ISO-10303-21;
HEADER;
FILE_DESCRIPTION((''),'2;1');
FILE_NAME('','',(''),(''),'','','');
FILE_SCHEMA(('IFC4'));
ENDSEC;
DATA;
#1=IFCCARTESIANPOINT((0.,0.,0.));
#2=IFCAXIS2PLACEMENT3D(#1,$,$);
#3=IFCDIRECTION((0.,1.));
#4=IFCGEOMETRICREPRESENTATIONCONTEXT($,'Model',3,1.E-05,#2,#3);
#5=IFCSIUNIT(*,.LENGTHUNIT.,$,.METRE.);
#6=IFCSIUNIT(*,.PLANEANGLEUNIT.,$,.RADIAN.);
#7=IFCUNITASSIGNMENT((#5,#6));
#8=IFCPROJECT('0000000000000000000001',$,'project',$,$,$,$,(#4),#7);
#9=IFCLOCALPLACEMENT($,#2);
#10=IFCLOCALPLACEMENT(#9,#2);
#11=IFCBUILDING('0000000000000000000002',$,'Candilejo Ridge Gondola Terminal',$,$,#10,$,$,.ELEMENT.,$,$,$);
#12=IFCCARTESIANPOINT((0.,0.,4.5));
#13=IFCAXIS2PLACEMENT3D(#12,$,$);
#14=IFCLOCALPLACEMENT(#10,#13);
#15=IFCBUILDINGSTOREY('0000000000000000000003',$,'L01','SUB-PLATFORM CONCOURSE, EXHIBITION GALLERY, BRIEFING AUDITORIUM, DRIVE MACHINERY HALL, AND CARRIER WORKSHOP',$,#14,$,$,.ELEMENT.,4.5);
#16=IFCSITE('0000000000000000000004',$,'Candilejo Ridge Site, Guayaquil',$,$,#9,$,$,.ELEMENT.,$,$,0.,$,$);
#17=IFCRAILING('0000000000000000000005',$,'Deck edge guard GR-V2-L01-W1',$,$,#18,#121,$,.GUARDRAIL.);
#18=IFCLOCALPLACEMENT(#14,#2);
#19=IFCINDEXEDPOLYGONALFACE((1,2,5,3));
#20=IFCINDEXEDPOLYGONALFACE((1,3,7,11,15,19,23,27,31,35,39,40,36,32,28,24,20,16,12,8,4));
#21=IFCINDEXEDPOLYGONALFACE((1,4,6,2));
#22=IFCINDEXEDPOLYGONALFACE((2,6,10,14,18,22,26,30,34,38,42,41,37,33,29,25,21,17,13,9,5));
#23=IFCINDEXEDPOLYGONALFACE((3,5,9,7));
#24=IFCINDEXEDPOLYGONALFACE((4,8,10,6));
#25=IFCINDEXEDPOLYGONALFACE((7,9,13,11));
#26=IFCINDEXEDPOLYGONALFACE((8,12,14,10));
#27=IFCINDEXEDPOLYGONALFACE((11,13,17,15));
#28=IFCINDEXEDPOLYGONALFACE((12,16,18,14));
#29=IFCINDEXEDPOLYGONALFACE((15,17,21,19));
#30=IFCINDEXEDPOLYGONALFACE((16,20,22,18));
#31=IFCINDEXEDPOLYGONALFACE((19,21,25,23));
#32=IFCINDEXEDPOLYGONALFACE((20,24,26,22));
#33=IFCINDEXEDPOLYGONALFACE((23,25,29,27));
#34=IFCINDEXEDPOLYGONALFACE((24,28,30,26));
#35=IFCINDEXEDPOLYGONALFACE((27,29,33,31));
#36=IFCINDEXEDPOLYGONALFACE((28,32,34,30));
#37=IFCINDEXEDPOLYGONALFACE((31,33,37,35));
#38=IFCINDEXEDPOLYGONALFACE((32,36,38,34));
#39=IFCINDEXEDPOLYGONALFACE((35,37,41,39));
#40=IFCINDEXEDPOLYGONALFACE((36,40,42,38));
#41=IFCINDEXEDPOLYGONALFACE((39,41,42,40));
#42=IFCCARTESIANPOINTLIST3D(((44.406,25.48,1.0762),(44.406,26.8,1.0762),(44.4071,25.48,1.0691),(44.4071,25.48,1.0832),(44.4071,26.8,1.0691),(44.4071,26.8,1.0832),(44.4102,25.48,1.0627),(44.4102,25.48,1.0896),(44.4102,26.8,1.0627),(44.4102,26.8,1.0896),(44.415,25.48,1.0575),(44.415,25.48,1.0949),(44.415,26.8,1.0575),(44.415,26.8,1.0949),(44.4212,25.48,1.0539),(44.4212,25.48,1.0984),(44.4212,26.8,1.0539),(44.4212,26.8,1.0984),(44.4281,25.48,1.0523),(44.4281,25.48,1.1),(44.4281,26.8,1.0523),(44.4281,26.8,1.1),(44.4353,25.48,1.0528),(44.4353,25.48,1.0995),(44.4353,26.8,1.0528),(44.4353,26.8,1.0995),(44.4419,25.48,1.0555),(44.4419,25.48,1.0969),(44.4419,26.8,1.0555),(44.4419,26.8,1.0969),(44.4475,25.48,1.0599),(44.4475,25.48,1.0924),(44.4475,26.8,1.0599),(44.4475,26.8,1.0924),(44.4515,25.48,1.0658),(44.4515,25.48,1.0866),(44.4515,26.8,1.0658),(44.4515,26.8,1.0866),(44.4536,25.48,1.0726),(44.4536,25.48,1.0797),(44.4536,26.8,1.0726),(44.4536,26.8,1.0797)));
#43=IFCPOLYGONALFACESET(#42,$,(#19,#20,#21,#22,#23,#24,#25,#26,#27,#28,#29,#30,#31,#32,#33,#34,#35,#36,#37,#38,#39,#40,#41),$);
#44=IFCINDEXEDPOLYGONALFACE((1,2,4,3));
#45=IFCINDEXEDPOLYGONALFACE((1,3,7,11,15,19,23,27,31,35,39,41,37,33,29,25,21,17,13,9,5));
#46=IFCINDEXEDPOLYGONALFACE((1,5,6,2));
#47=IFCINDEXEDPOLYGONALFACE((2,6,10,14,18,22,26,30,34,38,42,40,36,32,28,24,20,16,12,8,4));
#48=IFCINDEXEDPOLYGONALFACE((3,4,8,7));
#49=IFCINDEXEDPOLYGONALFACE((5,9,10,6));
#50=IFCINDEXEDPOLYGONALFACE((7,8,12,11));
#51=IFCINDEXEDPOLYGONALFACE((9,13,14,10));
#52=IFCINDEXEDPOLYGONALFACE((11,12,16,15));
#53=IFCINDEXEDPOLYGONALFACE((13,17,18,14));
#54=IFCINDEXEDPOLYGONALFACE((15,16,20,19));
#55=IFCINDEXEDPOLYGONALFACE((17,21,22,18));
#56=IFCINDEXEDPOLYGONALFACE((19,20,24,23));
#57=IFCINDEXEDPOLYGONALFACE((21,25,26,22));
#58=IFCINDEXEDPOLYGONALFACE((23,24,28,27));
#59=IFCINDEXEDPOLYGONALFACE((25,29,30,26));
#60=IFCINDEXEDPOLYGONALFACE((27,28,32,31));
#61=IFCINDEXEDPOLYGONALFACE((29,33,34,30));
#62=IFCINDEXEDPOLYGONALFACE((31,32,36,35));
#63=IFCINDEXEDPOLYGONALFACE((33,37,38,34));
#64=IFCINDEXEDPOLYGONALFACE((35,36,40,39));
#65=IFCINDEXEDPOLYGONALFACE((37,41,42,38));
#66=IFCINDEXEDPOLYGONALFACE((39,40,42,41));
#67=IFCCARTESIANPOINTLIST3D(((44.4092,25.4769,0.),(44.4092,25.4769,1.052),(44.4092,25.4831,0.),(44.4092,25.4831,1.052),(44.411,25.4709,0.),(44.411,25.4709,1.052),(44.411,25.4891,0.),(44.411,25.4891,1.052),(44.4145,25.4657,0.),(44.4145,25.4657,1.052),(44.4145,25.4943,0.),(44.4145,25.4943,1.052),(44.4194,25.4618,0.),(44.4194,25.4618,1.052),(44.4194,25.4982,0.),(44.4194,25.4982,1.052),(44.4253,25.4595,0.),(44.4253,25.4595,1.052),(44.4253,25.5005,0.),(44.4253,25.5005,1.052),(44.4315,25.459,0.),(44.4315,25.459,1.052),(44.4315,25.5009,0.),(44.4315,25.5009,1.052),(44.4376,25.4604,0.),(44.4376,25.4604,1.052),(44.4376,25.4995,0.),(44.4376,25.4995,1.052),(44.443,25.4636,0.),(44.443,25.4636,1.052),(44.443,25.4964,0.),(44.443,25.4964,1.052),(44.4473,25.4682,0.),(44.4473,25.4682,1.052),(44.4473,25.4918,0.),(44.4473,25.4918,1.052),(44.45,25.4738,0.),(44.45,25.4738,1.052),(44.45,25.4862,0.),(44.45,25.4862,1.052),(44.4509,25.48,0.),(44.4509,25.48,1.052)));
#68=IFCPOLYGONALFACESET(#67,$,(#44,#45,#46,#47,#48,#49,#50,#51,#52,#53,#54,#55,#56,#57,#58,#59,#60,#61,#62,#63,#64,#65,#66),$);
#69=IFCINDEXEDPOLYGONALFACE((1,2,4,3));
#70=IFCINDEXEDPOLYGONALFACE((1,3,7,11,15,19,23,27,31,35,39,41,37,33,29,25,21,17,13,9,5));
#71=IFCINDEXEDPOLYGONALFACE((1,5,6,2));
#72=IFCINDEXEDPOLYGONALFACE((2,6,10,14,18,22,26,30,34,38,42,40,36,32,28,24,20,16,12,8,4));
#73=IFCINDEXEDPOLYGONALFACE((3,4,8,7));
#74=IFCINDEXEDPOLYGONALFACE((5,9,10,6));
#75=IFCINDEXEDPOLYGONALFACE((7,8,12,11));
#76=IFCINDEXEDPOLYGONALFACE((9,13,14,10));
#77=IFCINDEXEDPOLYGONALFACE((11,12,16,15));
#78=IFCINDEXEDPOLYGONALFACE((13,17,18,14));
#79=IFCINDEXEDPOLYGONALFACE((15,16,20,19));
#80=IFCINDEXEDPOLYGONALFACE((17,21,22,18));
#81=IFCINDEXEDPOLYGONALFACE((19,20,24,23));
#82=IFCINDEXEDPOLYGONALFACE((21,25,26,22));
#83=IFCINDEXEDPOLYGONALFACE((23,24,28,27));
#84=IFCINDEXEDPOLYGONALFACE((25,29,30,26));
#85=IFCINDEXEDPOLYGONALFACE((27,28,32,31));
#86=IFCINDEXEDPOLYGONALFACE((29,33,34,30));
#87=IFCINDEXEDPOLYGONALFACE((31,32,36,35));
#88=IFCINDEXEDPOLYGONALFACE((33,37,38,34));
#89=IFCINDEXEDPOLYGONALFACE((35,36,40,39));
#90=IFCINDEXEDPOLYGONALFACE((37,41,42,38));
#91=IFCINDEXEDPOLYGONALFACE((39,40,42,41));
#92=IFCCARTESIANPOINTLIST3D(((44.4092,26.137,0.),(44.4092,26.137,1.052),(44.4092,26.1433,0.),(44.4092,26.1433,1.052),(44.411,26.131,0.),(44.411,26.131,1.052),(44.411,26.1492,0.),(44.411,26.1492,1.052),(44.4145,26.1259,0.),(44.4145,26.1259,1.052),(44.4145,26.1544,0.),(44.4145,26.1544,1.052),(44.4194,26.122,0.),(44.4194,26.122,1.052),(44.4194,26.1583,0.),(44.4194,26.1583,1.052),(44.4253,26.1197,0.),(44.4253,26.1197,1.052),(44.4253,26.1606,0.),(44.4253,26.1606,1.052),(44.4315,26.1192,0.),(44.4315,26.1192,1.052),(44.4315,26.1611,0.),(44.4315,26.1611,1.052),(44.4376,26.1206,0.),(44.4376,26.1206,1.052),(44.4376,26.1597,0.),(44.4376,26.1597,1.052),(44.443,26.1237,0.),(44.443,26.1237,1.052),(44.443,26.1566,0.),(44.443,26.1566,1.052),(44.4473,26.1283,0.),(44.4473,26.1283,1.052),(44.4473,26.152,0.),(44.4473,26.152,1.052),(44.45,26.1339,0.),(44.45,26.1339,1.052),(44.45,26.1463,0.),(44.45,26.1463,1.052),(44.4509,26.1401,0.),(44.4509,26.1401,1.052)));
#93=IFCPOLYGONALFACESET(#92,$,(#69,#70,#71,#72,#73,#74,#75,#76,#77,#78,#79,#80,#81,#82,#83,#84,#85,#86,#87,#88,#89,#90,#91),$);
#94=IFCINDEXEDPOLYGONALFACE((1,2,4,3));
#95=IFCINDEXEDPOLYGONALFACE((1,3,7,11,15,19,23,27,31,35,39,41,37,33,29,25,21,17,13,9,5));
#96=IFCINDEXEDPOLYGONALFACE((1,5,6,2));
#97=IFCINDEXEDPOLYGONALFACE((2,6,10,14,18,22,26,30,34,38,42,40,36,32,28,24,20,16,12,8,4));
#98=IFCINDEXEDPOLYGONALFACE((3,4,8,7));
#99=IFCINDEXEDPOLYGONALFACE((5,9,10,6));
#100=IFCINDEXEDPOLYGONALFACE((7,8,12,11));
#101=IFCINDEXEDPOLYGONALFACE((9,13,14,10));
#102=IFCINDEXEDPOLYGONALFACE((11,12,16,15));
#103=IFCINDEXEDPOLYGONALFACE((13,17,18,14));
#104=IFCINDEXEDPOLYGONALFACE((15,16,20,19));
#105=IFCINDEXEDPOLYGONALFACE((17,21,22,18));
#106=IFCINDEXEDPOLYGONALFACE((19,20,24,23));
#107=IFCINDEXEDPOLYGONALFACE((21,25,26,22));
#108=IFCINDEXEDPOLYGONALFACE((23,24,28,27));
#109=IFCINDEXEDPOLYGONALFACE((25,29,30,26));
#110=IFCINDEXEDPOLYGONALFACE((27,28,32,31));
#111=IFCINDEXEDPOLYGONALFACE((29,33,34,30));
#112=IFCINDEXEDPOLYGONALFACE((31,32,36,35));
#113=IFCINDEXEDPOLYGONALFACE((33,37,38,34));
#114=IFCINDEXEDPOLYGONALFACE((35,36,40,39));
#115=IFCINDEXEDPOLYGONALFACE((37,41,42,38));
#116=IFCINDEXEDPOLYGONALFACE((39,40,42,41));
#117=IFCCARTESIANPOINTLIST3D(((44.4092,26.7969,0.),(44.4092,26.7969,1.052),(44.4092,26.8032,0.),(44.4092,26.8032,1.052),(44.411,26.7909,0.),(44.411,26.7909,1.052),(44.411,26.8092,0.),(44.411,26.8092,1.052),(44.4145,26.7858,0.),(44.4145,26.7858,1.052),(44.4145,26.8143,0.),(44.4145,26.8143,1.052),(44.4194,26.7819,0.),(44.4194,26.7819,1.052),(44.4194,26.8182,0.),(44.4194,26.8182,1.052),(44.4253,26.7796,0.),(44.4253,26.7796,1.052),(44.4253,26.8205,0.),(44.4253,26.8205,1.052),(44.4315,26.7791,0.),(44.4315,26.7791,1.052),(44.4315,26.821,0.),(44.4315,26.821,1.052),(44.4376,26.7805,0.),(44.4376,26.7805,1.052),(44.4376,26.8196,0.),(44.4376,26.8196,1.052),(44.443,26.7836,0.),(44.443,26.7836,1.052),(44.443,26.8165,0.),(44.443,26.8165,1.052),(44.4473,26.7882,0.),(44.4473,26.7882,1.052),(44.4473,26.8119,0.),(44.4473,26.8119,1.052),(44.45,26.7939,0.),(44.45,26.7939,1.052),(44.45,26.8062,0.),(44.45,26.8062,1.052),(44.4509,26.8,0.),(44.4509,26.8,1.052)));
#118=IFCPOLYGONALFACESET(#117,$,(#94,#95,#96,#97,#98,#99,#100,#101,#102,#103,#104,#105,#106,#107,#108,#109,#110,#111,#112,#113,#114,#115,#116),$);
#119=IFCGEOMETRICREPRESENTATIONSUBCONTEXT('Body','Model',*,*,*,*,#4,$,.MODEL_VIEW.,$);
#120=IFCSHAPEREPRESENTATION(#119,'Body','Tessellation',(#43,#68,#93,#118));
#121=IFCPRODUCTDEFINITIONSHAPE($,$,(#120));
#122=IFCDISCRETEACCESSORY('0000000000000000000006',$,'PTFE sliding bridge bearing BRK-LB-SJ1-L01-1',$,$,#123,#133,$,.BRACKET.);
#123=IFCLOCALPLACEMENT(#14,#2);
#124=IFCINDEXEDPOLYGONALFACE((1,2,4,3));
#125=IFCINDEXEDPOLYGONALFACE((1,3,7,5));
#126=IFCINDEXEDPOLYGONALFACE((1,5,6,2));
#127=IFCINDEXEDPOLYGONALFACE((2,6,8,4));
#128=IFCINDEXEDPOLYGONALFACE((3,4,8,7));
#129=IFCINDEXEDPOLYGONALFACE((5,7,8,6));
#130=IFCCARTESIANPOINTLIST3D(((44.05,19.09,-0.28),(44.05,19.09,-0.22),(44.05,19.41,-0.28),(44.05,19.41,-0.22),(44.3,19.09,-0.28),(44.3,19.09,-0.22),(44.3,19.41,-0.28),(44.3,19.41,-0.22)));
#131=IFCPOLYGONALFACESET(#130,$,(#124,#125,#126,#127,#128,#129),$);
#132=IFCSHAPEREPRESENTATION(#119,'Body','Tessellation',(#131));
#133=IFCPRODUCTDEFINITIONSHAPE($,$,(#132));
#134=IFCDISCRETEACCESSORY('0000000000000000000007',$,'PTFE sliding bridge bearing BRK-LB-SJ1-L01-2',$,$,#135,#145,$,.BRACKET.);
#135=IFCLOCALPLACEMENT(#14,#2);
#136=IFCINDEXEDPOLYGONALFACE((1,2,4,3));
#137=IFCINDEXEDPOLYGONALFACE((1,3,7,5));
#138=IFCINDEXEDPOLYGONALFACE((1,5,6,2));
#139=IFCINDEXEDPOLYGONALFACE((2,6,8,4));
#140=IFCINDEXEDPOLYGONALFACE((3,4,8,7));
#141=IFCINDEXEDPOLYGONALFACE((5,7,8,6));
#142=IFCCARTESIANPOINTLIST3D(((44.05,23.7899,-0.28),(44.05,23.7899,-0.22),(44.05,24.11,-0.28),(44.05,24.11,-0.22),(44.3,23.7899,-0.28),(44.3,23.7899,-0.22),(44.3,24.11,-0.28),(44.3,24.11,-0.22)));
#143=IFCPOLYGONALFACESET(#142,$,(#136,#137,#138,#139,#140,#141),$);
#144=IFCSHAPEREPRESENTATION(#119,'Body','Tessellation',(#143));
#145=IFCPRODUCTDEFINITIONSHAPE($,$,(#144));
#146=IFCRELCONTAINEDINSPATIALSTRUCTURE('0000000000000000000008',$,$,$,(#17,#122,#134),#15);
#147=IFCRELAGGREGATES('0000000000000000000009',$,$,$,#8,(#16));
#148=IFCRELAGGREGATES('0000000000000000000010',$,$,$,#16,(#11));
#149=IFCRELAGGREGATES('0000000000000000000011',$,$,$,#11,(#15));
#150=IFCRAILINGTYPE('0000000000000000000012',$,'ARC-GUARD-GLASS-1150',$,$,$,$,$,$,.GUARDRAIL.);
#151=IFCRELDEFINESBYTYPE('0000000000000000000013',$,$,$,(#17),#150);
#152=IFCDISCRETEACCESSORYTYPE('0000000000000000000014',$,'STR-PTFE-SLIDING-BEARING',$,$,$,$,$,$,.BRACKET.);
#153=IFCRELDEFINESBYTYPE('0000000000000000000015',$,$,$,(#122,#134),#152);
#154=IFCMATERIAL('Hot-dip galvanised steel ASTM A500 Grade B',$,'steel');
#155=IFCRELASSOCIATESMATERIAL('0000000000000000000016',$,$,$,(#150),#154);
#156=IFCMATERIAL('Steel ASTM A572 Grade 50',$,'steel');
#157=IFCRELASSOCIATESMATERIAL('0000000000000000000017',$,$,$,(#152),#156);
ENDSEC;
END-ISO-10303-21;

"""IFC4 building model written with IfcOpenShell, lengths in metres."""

from ifc_helpers import new_model, si_unit, direction, frame, origin, origin_2d, place, context, subcontext, project, spatial, rectangle, circle, extrude, material, type_object, element, save


model = new_model("IFC4")

# Units and contexts
model_context = context("Model", 3, precision=1e-05, world=origin(), true_north=direction((0.0, 1.0)))
body_context = subcontext(model_context, "Body", "Model", "MODEL_VIEW")
ifc_project = project(units=[si_unit("LENGTHUNIT", "METRE"), si_unit("PLANEANGLEUNIT", "RADIAN")], contexts=[model_context])

# Site, building, storey
site_placement = place(None, origin())
site = spatial("IfcSite", under=ifc_project, at=site_placement, Name="Candilejo Ridge Site, Guayaquil", CompositionType="ELEMENT", RefElevation=0.0)
building_placement = place(site_placement, origin())
building = spatial("IfcBuilding", under=site, at=building_placement, Name="Candilejo Ridge Gondola Terminal", CompositionType="ELEMENT")
storey_placement = place(building_placement, frame((0.0, 0.0, 4.5)))
storey = spatial("IfcBuildingStorey", under=building, at=storey_placement, Name="L01", Description="SUB-PLATFORM CONCOURSE, EXHIBITION GALLERY, BRIEFING AUDITORIUM, DRIVE MACHINERY HALL, AND CARRIER WORKSHOP", CompositionType="ELEMENT", Elevation=4.5)

# Railing
ifc_material_1 = material(Name="Hot-dip galvanised steel ASTM A500 Grade B", Category="steel")
railing_type = type_object("IfcRailingType", Name="ARC-GUARD-GLASS-1150", PredefinedType="GUARDRAIL", material=ifc_material_1)
railing_1_placement = place(storey_placement, frame((44.4299, 25.48, 0.0)))
element("IfcRailing", 1, at=railing_1_placement, inside=storey, type_object=railing_type, Name="Deck edge guard GR-V2-L01-W1", PredefinedType="GUARDRAIL", context=body_context, shape_type="SweptSolid", body=[
    extrude(circle(Radius=0.0239, at=origin_2d()), frame((0.0, 0.0, 1.0762), z_axis=(0.0, 1.0, 0.0), x_axis=(-1.0, 0.0, 0.0)), (0.0, 0.0, 1.0), 1.3201),
    extrude(circle(Radius=0.021, at=origin_2d()), origin(), (0.0, 0.0, 1.0), 1.052),
    extrude(circle(Radius=0.021, at=origin_2d()), frame((0.0, 0.6602, 0.0)), (0.0, 0.0, 1.0), 1.052),
    extrude(circle(Radius=0.021, at=origin_2d()), frame((0.0, 1.3201, 0.0)), (0.0, 0.0, 1.0), 1.052),
])

# Discrete accessories
ifc_material_2 = material(Name="Steel ASTM A572 Grade 50", Category="steel")
discrete_accessory_type = type_object("IfcDiscreteAccessoryType", Name="STR-PTFE-SLIDING-BEARING", PredefinedType="BRACKET", material=ifc_material_2)
for number, where, name in (
    (2, (44.175, 19.25, -0.28), "PTFE sliding bridge bearing BRK-LB-SJ1-L01-1"),
    (3, (44.175, 23.95, -0.28), "PTFE sliding bridge bearing BRK-LB-SJ1-L01-2"),
):
    element("IfcDiscreteAccessory", number, at=place(storey_placement, frame(where)), inside=storey, type_object=discrete_accessory_type, Name=name, PredefinedType="BRACKET", context=body_context, shape_type="SweptSolid", body=[
        extrude(rectangle(XDim=0.25, YDim=0.3201, at=origin_2d()), origin(), (0.0, 0.0, 1.0), 0.0601),
    ])

save(model, "model.ifc")
